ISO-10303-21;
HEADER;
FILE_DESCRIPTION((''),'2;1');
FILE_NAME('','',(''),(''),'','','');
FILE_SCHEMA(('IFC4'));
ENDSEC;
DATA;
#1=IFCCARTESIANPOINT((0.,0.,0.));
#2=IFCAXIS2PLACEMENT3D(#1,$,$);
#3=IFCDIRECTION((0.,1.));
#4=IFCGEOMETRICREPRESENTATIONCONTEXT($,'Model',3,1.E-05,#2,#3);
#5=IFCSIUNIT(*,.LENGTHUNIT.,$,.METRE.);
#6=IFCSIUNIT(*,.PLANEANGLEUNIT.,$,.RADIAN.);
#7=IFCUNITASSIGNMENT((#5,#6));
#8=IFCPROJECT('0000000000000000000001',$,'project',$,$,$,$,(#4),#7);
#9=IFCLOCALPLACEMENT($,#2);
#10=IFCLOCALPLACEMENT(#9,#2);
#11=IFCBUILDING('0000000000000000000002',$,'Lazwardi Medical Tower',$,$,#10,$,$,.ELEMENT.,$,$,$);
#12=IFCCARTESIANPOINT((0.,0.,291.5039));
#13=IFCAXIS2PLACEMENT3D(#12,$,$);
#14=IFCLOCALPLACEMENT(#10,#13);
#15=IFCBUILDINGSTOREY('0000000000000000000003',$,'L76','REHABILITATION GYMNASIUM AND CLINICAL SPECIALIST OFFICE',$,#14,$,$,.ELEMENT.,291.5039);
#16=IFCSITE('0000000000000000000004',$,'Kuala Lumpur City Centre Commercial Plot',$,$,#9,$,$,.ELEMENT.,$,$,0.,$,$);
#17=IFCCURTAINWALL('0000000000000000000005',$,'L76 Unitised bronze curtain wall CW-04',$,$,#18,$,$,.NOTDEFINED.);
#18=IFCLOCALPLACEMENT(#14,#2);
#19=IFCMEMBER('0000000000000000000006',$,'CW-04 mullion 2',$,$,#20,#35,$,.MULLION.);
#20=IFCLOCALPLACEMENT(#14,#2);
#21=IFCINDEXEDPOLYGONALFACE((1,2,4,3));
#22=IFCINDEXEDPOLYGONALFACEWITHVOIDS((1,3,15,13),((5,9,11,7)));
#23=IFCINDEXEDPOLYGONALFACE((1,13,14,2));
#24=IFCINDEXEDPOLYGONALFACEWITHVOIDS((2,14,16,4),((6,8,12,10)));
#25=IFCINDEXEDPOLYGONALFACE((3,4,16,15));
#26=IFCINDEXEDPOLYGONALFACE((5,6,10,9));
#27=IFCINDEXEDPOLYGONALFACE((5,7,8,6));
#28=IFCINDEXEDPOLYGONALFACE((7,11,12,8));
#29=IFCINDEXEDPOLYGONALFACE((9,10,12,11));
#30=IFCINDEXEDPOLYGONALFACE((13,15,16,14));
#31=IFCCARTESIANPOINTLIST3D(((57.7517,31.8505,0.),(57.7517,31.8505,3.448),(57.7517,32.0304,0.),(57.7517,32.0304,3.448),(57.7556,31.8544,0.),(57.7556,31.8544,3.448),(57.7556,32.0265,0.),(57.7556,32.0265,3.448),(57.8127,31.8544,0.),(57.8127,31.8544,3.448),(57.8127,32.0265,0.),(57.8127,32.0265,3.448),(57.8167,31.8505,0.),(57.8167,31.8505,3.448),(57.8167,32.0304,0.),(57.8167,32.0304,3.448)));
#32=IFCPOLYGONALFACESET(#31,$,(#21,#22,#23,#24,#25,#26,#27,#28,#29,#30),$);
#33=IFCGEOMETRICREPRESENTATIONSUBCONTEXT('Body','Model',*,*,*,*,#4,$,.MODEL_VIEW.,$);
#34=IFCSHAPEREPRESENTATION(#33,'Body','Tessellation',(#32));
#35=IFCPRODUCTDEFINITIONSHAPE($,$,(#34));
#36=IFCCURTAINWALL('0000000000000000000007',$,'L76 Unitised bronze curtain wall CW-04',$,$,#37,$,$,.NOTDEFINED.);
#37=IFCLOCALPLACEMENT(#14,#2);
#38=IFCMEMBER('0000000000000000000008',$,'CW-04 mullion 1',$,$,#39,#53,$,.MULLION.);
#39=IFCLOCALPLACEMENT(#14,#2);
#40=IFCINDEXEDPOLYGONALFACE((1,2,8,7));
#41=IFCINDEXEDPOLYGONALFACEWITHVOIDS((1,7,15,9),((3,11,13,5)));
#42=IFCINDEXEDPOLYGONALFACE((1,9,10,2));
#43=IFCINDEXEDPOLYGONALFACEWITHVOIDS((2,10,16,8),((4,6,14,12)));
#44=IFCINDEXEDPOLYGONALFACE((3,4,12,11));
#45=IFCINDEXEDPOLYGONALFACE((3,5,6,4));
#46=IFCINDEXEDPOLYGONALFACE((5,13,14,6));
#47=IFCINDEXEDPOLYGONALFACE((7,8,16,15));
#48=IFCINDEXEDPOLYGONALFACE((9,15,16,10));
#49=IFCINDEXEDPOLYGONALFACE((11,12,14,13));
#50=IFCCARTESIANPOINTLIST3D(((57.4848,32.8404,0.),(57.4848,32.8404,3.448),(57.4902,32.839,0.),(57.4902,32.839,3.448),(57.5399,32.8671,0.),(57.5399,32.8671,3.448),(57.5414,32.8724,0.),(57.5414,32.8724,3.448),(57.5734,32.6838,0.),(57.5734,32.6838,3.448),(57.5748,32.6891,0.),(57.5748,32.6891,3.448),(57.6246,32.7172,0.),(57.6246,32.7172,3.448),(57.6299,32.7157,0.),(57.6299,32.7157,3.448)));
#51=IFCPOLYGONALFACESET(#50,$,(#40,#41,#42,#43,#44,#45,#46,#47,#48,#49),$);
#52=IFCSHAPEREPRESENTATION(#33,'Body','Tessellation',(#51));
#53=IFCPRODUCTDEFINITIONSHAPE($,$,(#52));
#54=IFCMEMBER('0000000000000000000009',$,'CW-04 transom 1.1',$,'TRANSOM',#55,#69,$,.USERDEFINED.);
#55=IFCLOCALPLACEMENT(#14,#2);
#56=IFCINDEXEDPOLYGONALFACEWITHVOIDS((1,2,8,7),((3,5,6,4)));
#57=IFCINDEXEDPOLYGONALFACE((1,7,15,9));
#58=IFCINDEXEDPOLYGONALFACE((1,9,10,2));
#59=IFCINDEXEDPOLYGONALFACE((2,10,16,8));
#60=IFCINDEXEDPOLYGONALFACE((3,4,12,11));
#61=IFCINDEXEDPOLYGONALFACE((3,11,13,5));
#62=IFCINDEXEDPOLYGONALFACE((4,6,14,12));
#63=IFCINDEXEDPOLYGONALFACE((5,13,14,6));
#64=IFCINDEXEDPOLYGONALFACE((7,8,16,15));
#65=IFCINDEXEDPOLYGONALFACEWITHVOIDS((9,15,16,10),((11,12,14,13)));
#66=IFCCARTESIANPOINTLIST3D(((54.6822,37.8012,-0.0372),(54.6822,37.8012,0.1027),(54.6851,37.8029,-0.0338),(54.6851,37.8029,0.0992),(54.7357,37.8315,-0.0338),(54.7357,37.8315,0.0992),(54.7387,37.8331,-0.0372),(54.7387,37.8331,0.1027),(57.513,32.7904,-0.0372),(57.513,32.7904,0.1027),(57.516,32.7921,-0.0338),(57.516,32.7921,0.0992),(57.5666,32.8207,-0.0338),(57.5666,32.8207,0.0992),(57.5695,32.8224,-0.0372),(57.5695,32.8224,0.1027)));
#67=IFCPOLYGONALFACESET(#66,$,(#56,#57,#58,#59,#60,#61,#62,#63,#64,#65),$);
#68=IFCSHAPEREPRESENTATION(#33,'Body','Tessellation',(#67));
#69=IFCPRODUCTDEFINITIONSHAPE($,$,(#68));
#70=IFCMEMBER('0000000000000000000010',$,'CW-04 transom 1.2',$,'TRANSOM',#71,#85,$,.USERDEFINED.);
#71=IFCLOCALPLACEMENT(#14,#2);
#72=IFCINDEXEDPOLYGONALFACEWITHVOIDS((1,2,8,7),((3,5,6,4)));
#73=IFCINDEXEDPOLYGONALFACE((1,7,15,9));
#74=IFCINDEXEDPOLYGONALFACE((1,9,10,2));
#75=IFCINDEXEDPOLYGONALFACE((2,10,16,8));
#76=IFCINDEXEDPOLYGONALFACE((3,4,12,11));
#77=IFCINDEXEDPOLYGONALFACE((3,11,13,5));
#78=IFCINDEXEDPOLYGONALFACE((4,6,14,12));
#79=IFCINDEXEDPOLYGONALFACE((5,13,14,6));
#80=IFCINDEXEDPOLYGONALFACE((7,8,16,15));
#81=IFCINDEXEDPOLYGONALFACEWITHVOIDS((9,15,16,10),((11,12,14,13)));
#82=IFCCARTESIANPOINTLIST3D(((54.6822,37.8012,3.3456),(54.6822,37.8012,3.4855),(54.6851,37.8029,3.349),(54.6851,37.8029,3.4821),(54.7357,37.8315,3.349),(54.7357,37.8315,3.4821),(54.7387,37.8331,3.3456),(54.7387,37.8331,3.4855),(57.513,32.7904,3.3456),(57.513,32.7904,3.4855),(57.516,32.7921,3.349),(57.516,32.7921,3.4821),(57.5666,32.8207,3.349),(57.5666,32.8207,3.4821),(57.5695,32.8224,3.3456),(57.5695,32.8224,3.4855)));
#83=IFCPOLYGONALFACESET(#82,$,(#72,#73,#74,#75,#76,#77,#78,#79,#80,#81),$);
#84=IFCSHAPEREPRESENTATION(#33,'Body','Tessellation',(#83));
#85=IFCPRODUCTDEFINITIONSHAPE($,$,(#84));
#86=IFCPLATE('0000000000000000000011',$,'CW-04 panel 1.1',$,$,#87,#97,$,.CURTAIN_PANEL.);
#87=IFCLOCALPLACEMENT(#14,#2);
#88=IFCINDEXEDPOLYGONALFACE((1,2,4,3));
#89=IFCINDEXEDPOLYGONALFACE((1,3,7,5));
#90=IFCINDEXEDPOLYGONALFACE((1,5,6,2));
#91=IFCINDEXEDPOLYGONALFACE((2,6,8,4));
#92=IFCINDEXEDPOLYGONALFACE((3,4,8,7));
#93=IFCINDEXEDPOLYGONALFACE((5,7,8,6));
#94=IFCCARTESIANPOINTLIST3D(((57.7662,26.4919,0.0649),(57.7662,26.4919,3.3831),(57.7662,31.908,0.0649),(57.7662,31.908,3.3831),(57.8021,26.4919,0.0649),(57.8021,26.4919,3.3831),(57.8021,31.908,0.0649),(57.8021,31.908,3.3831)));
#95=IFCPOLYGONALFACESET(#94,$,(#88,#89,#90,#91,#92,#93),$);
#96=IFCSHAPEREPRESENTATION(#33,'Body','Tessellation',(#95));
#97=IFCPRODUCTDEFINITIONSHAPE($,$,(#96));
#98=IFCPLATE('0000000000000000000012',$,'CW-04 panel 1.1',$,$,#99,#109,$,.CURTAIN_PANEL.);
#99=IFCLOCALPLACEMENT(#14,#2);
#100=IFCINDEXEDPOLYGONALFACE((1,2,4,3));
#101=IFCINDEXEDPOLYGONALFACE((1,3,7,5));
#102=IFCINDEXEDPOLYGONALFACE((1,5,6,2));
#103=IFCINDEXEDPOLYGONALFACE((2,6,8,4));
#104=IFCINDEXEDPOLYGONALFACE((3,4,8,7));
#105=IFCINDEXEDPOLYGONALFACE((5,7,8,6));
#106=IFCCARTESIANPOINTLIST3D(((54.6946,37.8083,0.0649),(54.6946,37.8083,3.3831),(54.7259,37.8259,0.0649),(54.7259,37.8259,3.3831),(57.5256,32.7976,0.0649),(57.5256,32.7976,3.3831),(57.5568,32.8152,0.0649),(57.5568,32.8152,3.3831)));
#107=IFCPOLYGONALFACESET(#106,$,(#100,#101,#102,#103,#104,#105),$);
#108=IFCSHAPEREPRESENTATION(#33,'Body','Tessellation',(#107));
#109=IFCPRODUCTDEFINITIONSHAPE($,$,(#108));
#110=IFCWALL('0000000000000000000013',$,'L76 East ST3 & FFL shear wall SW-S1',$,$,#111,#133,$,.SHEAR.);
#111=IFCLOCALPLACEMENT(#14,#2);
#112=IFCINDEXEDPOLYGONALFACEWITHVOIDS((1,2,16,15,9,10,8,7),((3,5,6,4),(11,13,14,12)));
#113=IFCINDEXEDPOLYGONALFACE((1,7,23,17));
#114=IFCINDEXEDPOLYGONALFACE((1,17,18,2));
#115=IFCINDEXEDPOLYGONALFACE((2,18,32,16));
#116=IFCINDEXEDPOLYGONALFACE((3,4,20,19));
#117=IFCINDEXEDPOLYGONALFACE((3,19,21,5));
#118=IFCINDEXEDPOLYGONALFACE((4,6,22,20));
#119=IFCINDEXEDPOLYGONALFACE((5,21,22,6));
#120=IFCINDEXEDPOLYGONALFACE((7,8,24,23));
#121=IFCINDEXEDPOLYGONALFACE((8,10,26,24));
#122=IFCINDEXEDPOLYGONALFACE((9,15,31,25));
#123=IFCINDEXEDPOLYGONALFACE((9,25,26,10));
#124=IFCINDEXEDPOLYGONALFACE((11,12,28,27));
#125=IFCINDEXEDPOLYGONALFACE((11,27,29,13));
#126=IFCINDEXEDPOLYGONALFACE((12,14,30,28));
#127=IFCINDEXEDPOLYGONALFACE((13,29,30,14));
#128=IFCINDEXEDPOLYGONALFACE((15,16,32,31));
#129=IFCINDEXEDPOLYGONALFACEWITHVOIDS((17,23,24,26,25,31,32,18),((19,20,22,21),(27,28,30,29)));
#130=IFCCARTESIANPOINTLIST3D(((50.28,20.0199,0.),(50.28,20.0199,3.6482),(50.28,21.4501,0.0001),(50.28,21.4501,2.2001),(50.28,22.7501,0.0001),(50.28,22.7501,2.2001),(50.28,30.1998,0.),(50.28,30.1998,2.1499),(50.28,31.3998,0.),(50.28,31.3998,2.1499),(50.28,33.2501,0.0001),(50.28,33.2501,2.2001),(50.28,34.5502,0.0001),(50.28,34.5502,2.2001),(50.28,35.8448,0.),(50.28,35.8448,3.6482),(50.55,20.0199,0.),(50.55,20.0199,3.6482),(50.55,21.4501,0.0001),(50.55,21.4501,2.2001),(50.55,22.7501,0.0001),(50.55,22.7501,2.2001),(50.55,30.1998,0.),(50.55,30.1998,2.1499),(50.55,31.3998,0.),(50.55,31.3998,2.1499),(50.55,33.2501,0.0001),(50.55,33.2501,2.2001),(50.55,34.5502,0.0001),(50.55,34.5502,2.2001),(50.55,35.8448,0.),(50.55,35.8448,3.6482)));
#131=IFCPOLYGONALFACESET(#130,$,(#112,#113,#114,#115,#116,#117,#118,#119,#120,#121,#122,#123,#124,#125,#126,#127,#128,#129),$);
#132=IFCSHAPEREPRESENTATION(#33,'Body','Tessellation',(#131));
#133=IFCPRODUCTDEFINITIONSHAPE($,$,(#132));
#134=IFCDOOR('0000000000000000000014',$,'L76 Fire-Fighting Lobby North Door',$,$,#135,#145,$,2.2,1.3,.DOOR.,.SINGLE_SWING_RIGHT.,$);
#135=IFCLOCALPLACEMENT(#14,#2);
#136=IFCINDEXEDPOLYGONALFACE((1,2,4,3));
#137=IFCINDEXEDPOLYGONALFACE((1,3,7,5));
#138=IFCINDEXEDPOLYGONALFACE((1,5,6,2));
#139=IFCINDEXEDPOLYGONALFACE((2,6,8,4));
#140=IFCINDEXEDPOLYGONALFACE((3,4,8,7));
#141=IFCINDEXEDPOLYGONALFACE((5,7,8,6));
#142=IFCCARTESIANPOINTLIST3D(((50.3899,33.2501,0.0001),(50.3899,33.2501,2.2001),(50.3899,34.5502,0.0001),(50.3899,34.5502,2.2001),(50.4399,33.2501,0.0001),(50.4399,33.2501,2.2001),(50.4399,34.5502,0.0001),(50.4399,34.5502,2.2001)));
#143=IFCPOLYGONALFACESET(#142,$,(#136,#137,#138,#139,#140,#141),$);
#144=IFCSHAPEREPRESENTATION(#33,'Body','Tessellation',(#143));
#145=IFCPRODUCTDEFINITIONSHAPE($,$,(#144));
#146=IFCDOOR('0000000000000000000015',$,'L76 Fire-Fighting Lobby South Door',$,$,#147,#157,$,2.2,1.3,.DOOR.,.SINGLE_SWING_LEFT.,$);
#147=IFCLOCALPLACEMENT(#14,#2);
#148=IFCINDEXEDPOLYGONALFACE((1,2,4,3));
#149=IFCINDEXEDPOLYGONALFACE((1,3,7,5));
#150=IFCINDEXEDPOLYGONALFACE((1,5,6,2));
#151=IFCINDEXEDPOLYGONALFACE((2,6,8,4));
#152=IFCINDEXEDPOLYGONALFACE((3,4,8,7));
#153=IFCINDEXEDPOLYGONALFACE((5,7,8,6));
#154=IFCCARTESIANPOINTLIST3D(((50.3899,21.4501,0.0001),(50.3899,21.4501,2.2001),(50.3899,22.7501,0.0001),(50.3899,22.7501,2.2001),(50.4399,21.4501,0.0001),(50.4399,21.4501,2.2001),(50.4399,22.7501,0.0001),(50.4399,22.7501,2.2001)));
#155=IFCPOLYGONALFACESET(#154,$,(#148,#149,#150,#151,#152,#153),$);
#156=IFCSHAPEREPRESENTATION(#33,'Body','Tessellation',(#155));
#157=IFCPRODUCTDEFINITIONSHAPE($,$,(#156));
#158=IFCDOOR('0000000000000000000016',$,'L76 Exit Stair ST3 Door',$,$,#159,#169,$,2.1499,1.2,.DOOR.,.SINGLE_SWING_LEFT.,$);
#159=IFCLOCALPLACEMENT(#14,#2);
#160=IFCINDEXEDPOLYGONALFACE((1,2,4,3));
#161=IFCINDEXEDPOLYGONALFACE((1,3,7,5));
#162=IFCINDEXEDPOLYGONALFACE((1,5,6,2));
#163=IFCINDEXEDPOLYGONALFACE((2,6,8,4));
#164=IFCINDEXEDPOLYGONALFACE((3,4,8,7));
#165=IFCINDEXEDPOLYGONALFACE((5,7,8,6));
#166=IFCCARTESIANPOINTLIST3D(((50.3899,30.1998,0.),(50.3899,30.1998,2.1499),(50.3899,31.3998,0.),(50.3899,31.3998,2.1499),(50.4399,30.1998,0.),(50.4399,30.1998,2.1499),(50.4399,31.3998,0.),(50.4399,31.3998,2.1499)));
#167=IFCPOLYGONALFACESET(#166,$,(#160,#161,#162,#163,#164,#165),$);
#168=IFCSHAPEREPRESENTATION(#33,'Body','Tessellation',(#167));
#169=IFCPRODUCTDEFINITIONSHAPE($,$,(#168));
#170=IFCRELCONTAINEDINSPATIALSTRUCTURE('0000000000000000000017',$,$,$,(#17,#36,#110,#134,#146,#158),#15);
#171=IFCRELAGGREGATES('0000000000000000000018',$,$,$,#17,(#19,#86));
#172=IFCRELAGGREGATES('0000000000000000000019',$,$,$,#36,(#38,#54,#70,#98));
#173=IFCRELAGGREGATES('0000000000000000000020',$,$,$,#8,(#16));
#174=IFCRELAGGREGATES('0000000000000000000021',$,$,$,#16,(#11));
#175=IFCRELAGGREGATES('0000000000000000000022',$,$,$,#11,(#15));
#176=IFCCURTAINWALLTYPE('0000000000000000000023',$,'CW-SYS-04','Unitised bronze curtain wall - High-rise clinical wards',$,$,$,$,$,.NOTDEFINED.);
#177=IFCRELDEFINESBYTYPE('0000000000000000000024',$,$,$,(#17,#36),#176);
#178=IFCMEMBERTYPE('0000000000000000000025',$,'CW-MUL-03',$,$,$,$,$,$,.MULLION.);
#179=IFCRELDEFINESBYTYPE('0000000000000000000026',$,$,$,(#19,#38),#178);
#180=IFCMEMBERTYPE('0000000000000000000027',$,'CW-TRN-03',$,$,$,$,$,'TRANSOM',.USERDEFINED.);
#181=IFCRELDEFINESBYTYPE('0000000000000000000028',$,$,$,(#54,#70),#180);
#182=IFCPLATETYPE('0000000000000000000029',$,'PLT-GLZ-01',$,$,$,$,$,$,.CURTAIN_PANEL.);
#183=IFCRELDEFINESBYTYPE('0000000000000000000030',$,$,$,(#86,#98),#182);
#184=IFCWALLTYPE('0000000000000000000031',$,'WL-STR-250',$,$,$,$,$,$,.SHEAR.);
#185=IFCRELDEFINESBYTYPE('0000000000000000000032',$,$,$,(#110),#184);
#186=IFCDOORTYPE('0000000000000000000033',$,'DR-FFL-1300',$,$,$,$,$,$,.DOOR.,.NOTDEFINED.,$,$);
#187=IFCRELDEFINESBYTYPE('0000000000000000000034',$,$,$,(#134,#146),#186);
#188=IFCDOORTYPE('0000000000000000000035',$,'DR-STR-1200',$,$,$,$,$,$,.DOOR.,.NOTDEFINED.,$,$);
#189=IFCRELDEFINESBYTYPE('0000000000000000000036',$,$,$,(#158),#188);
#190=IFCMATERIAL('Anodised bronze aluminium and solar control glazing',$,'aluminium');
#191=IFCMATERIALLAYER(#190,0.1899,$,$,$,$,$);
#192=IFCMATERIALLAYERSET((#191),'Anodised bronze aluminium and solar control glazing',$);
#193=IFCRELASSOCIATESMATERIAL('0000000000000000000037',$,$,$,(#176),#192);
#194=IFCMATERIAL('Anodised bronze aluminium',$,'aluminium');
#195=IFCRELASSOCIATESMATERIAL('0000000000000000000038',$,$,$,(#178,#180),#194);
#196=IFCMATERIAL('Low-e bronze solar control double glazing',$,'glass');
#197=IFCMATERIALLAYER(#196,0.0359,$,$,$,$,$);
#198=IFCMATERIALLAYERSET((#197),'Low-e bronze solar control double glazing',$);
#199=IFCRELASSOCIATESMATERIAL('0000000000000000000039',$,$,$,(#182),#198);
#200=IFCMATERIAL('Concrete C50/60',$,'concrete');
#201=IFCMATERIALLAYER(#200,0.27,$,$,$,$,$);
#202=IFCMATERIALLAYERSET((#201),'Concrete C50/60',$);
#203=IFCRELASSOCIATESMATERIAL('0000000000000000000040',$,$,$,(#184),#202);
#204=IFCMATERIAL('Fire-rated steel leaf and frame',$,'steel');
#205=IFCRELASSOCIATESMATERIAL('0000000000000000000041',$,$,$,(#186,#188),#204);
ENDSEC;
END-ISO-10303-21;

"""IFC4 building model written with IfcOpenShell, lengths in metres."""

from ifc_helpers import new_model, si_unit, direction, frame, frame_2d, origin, origin_2d, place, context, subcontext, project, spatial, rectangle, hollow_rectangle, extrude, material, layer, layer_set, material_profile, profile_set, type_object, element, fill, aggregate, save


model = new_model("IFC4")

# Units and contexts
model_context = context("Model", 3, precision=1e-05, world=origin(), true_north=direction((0.0, 1.0)))
body_context = subcontext(model_context, "Body", "Model", "MODEL_VIEW")
ifc_project = project(units=[si_unit("LENGTHUNIT", "METRE"), si_unit("PLANEANGLEUNIT", "RADIAN")], contexts=[model_context])

# Site, building, storey
site_placement = place(None, origin())
site = spatial("IfcSite", under=ifc_project, at=site_placement, Name="Kuala Lumpur City Centre Commercial Plot", CompositionType="ELEMENT", RefElevation=0.0)
building_placement = place(site_placement, origin())
building = spatial("IfcBuilding", under=site, at=building_placement, Name="Lazwardi Medical Tower", CompositionType="ELEMENT")
storey_placement = place(building_placement, frame((0.0, 0.0, 291.5039)))
storey = spatial("IfcBuildingStorey", under=building, at=storey_placement, Name="L76", Description="REHABILITATION GYMNASIUM AND CLINICAL SPECIALIST OFFICE", CompositionType="ELEMENT", Elevation=291.5039)

# Curtain wall, member
ifc_material_1 = material(Name="Anodised bronze aluminium and solar control glazing", Category="aluminium")
ifc_layer_1 = layer(ifc_material_1, 0.1899)
ifc_layer_set_1 = layer_set([ifc_layer_1], Name="Anodised bronze aluminium and solar control glazing")
curtain_wall_type = type_object("IfcCurtainWallType", Name="CW-SYS-04", Description="Unitised bronze curtain wall - High-rise clinical wards", PredefinedType="NOTDEFINED", material=ifc_layer_set_1)
curtain_wall_1_placement = place(storey_placement, origin())
curtain_wall_1 = element("IfcCurtainWall", 1, at=curtain_wall_1_placement, inside=storey, type_object=curtain_wall_type, Name="L76 Unitised bronze curtain wall CW-04", PredefinedType="NOTDEFINED")
ifc_material_2 = material(Name="Anodised bronze aluminium", Category="aluminium")
ifc_material_profile_1 = material_profile(ifc_material_2, hollow_rectangle(XDim=0.0649, YDim=0.1799, WallThickness=0.0039, at=origin_2d()), Name="ALU-MULLION 180x65x4")
ifc_profile_set_1 = profile_set([ifc_material_profile_1], Name="Anodised bronze aluminium")
member_type_1 = type_object("IfcMemberType", Name="CW-MUL-03", PredefinedType="MULLION", material=ifc_profile_set_1)
member_1_placement = place(storey_placement, frame((57.7842, 31.9404, 0.0), z_axis=(0.0, 0.0, 1.0), x_axis=(-1.0, 0.0, 0.0)))
member_1 = element("IfcMember", 2, at=member_1_placement, type_object=member_type_1, Name="CW-04 mullion 2", PredefinedType="MULLION", context=body_context, shape_type="SweptSolid", body=[
    extrude(hollow_rectangle(XDim=0.0649, YDim=0.1799, WallThickness=0.0039, at=origin_2d()), origin(), (0.0, 0.0, 1.0), 3.448),
])

# Curtain wall, members
curtain_wall_2_placement = place(storey_placement, origin())
curtain_wall_2 = element("IfcCurtainWall", 3, at=curtain_wall_2_placement, inside=storey, type_object=curtain_wall_type, Name="L76 Unitised bronze curtain wall CW-04", PredefinedType="NOTDEFINED")
member_2_placement = place(storey_placement, frame((57.5574, 32.7781, 0.0), z_axis=(0.0, 0.0, 1.0), x_axis=(-0.870651, -0.4919, 0.0)))
member_2 = element("IfcMember", 4, at=member_2_placement, type_object=member_type_1, Name="CW-04 mullion 1", PredefinedType="MULLION", context=body_context, shape_type="SweptSolid", body=[
    extrude(hollow_rectangle(XDim=0.0649, YDim=0.1799, WallThickness=0.0039, at=origin_2d()), origin(), (0.0, 0.0, 1.0), 3.448),
])
ifc_material_profile_2 = material_profile(ifc_material_2, hollow_rectangle(XDim=0.0649, YDim=0.1399, WallThickness=0.0034, at=origin_2d()), Name="ALU-TRANSOM 140x65x3.5")
ifc_profile_set_2 = profile_set([ifc_material_profile_2], Name="Anodised bronze aluminium")
member_type_2 = type_object("IfcMemberType", Name="CW-TRN-03", ElementType="TRANSOM", PredefinedType="USERDEFINED", material=ifc_profile_set_2)
member_3_placement = place(storey_placement, frame((57.5413, 32.8064, 0.0327), z_axis=(-0.49188, 0.870663, 0.0), x_axis=(-0.870663, -0.49188, 0.0)))
member_3 = element("IfcMember", 5, at=member_3_placement, type_object=member_type_2, Name="CW-04 transom 1.1", ObjectType="TRANSOM", PredefinedType="USERDEFINED", context=body_context, shape_type="SweptSolid", body=[
    extrude(hollow_rectangle(XDim=0.0649, YDim=0.1399, WallThickness=0.0034, at=origin_2d()), origin(), (0.0, 0.0, 1.0), 5.7551),
])
member_4_placement = place(storey_placement, frame((57.5413, 32.8064, 3.4155), z_axis=(-0.49188, 0.870663, 0.0), x_axis=(-0.870663, -0.49188, 0.0)))
member_4 = element("IfcMember", 6, at=member_4_placement, type_object=member_type_2, Name="CW-04 transom 1.2", ObjectType="TRANSOM", PredefinedType="USERDEFINED", context=body_context, shape_type="SweptSolid", body=[
    extrude(hollow_rectangle(XDim=0.0649, YDim=0.1399, WallThickness=0.0034, at=origin_2d()), origin(), (0.0, 0.0, 1.0), 5.7551),
])

# Plates
ifc_material_3 = material(Name="Low-e bronze solar control double glazing", Category="glass")
ifc_layer_2 = layer(ifc_material_3, 0.0359)
ifc_layer_set_2 = layer_set([ifc_layer_2], Name="Low-e bronze solar control double glazing")
plate_type = type_object("IfcPlateType", Name="PLT-GLZ-01", PredefinedType="CURTAIN_PANEL", material=ifc_layer_set_2)
plate_1_placement = place(storey_placement, frame((57.7842, 29.2, 0.0649), z_axis=(0.0, 0.0, 1.0), x_axis=(0.0, 1.0, 0.0)))
plate_1 = element("IfcPlate", 7, at=plate_1_placement, type_object=plate_type, Name="CW-04 panel 1.1", PredefinedType="CURTAIN_PANEL", context=body_context, shape_type="SweptSolid", body=[
    extrude(rectangle(XDim=5.416, YDim=0.0359, at=origin_2d()), origin(), (0.0, 0.0, 1.0), 3.3181),
])
aggregate(curtain_wall_1, [member_1, plate_1])
plate_2_placement = place(storey_placement, frame((56.1257, 35.3118, 0.0649), z_axis=(0.0, 0.0, 1.0), x_axis=(-0.4919, 0.870651, 0.0)))
plate_2 = element("IfcPlate", 8, at=plate_2_placement, type_object=plate_type, Name="CW-04 panel 1.1", PredefinedType="CURTAIN_PANEL", context=body_context, shape_type="SweptSolid", body=[
    extrude(rectangle(XDim=5.7551, YDim=0.0359, at=origin_2d()), origin(), (0.0, 0.0, 1.0), 3.3181),
])
aggregate(curtain_wall_2, [member_2, member_3, member_4, plate_2])

# Wall, openings, doors
ifc_material_4 = material(Name="Concrete C50/60", Category="concrete")
ifc_layer_3 = layer(ifc_material_4, 0.27)
ifc_layer_set_3 = layer_set([ifc_layer_3], Name="Concrete C50/60")
wall_type_1 = type_object("IfcWallType", Name="WL-STR-250", PredefinedType="SHEAR", material=ifc_layer_set_3)
wall_1_placement = place(storey_placement, frame((50.415, 35.845, 0.0), z_axis=(0.0, 0.0, 1.0), x_axis=(0.0, -1.0, 0.0)))
wall_1 = element("IfcWall", 9, at=wall_1_placement, inside=storey, type_object=wall_type_1, Name="L76 East ST3 & FFL shear wall SW-S1", PredefinedType="SHEAR", context=body_context, shape_type="SweptSolid", body=[
    extrude(rectangle(XDim=15.825, YDim=0.27, at=frame_2d((7.9126, 0.0))), origin(), (0.0, 0.0, 1.0), 3.6482),
])
opening_1_placement = place(wall_1_placement, frame((4.4451, 0.0, 0.0)))
opening_1 = element("IfcOpeningElement", 10, at=opening_1_placement, cuts=wall_1, PredefinedType="OPENING", context=body_context, shape_type="SweptSolid", body=[
    extrude(rectangle(XDim=1.2, YDim=2.1499, at=frame_2d((0.6001, 1.075))), frame((0.0, 0.145, 0.0), z_axis=(0.0, -1.0, 0.0), x_axis=(1.0, 0.0, 0.0)), (0.0, 0.0, 1.0), 0.29),
])
opening_2_placement = place(wall_1_placement, frame((1.2949, 0.0, 0.0)))
opening_2 = element("IfcOpeningElement", 11, at=opening_2_placement, cuts=wall_1, PredefinedType="OPENING", context=body_context, shape_type="SweptSolid", body=[
    extrude(rectangle(XDim=1.3, YDim=2.2, at=frame_2d((0.6499, 1.1001))), frame((0.0, 0.145, 0.0), z_axis=(0.0, -1.0, 0.0), x_axis=(1.0, 0.0, 0.0)), (0.0, 0.0, 1.0), 0.29),
])
opening_3_placement = place(wall_1_placement, frame((13.095, 0.0, 0.0)))
opening_3 = element("IfcOpeningElement", 12, at=opening_3_placement, cuts=wall_1, PredefinedType="OPENING", context=body_context, shape_type="SweptSolid", body=[
    extrude(rectangle(XDim=1.3, YDim=2.2, at=frame_2d((0.6499, 1.1001))), frame((0.0, 0.145, 0.0), z_axis=(0.0, -1.0, 0.0), x_axis=(1.0, 0.0, 0.0)), (0.0, 0.0, 1.0), 0.29),
])
ifc_material_5 = material(Name="Fire-rated steel leaf and frame", Category="steel")
door_type_1 = type_object("IfcDoorType", Name="DR-FFL-1300", OperationType="NOTDEFINED", PredefinedType="DOOR", material=ifc_material_5)
door_1_placement = place(opening_2_placement, origin())
door_1 = element("IfcDoor", 13, at=door_1_placement, inside=storey, type_object=door_type_1, Name="L76 Fire-Fighting Lobby North Door", OperationType="SINGLE_SWING_RIGHT", OverallHeight=2.2, OverallWidth=1.3, PredefinedType="DOOR", context=body_context, shape_type="SweptSolid", body=[
    extrude(rectangle(XDim=1.3, YDim=2.2, at=frame_2d((0.6499, 1.1001))), frame((0.0, 0.0249, 0.0), z_axis=(0.0, -1.0, 0.0), x_axis=(1.0, 0.0, 0.0)), (0.0, 0.0, 1.0), 0.05),
])
fill(opening_2, door_1)
door_2_placement = place(opening_3_placement, origin())
door_2 = element("IfcDoor", 14, at=door_2_placement, inside=storey, type_object=door_type_1, Name="L76 Fire-Fighting Lobby South Door", OperationType="SINGLE_SWING_LEFT", OverallHeight=2.2, OverallWidth=1.3, PredefinedType="DOOR", context=body_context, shape_type="SweptSolid", body=[
    extrude(rectangle(XDim=1.3, YDim=2.2, at=frame_2d((0.6499, 1.1001))), frame((0.0, 0.0249, 0.0), z_axis=(0.0, -1.0, 0.0), x_axis=(1.0, 0.0, 0.0)), (0.0, 0.0, 1.0), 0.05),
])
fill(opening_3, door_2)
door_type_2 = type_object("IfcDoorType", Name="DR-STR-1200", OperationType="NOTDEFINED", PredefinedType="DOOR", material=ifc_material_5)
door_3_placement = place(opening_1_placement, origin())
door_3 = element("IfcDoor", 15, at=door_3_placement, inside=storey, type_object=door_type_2, Name="L76 Exit Stair ST3 Door", OperationType="SINGLE_SWING_LEFT", OverallHeight=2.1499, OverallWidth=1.2, PredefinedType="DOOR", context=body_context, shape_type="SweptSolid", body=[
    extrude(rectangle(XDim=1.2, YDim=2.1499, at=frame_2d((0.6001, 1.075))), frame((0.0, 0.0249, 0.0), z_axis=(0.0, -1.0, 0.0), x_axis=(1.0, 0.0, 0.0)), (0.0, 0.0, 1.0), 0.05),
])
fill(opening_1, door_3)

save(model, "model.ifc")
